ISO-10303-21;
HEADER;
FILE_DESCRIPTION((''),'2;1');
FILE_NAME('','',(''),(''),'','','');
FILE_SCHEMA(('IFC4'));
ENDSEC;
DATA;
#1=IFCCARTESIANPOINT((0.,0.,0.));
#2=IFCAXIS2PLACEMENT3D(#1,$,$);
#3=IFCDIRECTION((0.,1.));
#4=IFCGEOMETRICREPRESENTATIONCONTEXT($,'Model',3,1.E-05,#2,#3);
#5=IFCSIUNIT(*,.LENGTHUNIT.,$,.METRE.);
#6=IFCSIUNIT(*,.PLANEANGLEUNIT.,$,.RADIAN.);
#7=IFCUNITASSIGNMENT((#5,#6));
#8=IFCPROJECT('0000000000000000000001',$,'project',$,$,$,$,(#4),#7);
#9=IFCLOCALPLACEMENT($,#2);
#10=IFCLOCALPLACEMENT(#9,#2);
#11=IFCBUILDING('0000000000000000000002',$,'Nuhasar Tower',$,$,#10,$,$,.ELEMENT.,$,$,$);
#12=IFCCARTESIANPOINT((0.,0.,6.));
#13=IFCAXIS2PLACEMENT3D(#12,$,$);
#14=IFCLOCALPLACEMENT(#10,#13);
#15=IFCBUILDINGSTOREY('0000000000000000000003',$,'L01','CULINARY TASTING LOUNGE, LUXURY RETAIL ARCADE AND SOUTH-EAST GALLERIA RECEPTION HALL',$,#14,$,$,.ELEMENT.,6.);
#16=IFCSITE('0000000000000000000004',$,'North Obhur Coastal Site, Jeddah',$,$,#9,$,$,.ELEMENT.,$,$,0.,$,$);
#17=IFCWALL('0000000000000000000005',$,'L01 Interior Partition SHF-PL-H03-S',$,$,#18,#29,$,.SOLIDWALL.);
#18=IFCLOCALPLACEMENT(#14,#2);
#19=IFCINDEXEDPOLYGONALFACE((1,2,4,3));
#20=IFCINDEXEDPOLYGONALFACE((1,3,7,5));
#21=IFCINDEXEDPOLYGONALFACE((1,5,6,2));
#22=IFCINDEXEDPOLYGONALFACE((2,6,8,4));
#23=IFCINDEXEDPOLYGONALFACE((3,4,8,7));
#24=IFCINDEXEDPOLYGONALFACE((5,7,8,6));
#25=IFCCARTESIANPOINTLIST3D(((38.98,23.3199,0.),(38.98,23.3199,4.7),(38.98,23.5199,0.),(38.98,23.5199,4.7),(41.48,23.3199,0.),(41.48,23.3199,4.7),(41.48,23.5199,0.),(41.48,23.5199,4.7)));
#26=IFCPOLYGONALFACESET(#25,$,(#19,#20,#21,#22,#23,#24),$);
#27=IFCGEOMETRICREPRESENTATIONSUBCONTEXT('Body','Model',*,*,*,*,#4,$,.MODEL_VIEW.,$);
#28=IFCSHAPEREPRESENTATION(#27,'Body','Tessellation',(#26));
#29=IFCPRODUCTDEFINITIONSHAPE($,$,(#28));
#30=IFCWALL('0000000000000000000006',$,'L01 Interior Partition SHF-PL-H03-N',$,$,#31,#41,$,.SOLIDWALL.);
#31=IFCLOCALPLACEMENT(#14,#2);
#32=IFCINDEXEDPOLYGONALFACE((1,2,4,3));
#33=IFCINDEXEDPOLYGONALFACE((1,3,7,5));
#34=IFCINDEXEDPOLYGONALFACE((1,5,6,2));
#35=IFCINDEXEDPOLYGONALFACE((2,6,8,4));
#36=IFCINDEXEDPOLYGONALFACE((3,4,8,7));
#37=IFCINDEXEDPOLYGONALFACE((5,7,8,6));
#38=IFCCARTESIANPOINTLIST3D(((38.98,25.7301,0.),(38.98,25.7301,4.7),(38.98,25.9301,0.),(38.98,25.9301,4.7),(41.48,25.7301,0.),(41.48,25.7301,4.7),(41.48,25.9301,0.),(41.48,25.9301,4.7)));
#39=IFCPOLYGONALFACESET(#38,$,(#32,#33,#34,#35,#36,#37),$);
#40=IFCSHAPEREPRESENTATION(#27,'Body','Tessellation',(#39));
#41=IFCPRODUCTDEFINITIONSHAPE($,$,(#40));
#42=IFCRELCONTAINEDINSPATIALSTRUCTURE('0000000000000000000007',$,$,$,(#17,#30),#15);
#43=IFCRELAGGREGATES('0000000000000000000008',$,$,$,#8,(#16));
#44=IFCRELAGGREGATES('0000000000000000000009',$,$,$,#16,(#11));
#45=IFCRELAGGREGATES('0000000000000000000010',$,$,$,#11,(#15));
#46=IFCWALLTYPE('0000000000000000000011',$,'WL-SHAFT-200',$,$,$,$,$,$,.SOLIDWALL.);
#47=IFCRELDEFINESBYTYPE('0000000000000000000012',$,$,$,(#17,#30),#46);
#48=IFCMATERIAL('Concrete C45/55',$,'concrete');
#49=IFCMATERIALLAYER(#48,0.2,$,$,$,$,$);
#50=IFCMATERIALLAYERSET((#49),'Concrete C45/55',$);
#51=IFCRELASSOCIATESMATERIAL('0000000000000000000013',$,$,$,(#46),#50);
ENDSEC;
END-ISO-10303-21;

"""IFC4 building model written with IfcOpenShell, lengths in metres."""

from ifc_helpers import new_model, si_unit, direction, frame, frame_2d, origin, place, context, subcontext, project, spatial, rectangle, extrude, material, layer, layer_set, type_object, element, save


model = new_model("IFC4")

# Units and contexts
model_context = context("Model", 3, precision=1e-05, world=origin(), true_north=direction((0.0, 1.0)))
body_context = subcontext(model_context, "Body", "Model", "MODEL_VIEW")
ifc_project = project(units=[si_unit("LENGTHUNIT", "METRE"), si_unit("PLANEANGLEUNIT", "RADIAN")], contexts=[model_context])

# Site, building, storey
site_placement = place(None, origin())
site = spatial("IfcSite", under=ifc_project, at=site_placement, Name="North Obhur Coastal Site, Jeddah", CompositionType="ELEMENT", RefElevation=0.0)
building_placement = place(site_placement, origin())
building = spatial("IfcBuilding", under=site, at=building_placement, Name="Nuhasar Tower", CompositionType="ELEMENT")
storey_placement = place(building_placement, frame((0.0, 0.0, 6.0)))
storey = spatial("IfcBuildingStorey", under=building, at=storey_placement, Name="L01", Description="CULINARY TASTING LOUNGE, LUXURY RETAIL ARCADE AND SOUTH-EAST GALLERIA RECEPTION HALL", CompositionType="ELEMENT", Elevation=6.0)

# Shared definitions
ifc_material_1 = material(Name="Concrete C45/55", Category="concrete")

# Walls
ifc_layer_1 = layer(ifc_material_1, 0.2)
ifc_layer_set_1 = layer_set([ifc_layer_1], Name="Concrete C45/55")
wall_type_1 = type_object("IfcWallType", Name="WL-SHAFT-200", PredefinedType="SOLIDWALL", material=ifc_layer_set_1)
for number, where, z_axis, x_axis, name in (
    (1, (38.98, 23.4199, 0.0), (0.0, 0.0, 1.0), (1.0, 0.0, 0.0), "L01 Interior Partition SHF-PL-H03-S"),
    (2, (38.98, 25.8301, 0.0), (0.0, 0.0, 1.0), (1.0, 0.0, 0.0), "L01 Interior Partition SHF-PL-H03-N"),
):
    element("IfcWall", number, at=place(storey_placement, frame(where, z_axis=z_axis, x_axis=x_axis)), inside=storey, type_object=wall_type_1, Name=name, PredefinedType="SOLIDWALL", context=body_context, shape_type="SweptSolid", body=[
        extrude(rectangle(XDim=2.5, YDim=0.2, at=frame_2d((1.25, 0.0))), origin(), (0.0, 0.0, 1.0), 4.7),
    ])

save(model, "model.ifc")
